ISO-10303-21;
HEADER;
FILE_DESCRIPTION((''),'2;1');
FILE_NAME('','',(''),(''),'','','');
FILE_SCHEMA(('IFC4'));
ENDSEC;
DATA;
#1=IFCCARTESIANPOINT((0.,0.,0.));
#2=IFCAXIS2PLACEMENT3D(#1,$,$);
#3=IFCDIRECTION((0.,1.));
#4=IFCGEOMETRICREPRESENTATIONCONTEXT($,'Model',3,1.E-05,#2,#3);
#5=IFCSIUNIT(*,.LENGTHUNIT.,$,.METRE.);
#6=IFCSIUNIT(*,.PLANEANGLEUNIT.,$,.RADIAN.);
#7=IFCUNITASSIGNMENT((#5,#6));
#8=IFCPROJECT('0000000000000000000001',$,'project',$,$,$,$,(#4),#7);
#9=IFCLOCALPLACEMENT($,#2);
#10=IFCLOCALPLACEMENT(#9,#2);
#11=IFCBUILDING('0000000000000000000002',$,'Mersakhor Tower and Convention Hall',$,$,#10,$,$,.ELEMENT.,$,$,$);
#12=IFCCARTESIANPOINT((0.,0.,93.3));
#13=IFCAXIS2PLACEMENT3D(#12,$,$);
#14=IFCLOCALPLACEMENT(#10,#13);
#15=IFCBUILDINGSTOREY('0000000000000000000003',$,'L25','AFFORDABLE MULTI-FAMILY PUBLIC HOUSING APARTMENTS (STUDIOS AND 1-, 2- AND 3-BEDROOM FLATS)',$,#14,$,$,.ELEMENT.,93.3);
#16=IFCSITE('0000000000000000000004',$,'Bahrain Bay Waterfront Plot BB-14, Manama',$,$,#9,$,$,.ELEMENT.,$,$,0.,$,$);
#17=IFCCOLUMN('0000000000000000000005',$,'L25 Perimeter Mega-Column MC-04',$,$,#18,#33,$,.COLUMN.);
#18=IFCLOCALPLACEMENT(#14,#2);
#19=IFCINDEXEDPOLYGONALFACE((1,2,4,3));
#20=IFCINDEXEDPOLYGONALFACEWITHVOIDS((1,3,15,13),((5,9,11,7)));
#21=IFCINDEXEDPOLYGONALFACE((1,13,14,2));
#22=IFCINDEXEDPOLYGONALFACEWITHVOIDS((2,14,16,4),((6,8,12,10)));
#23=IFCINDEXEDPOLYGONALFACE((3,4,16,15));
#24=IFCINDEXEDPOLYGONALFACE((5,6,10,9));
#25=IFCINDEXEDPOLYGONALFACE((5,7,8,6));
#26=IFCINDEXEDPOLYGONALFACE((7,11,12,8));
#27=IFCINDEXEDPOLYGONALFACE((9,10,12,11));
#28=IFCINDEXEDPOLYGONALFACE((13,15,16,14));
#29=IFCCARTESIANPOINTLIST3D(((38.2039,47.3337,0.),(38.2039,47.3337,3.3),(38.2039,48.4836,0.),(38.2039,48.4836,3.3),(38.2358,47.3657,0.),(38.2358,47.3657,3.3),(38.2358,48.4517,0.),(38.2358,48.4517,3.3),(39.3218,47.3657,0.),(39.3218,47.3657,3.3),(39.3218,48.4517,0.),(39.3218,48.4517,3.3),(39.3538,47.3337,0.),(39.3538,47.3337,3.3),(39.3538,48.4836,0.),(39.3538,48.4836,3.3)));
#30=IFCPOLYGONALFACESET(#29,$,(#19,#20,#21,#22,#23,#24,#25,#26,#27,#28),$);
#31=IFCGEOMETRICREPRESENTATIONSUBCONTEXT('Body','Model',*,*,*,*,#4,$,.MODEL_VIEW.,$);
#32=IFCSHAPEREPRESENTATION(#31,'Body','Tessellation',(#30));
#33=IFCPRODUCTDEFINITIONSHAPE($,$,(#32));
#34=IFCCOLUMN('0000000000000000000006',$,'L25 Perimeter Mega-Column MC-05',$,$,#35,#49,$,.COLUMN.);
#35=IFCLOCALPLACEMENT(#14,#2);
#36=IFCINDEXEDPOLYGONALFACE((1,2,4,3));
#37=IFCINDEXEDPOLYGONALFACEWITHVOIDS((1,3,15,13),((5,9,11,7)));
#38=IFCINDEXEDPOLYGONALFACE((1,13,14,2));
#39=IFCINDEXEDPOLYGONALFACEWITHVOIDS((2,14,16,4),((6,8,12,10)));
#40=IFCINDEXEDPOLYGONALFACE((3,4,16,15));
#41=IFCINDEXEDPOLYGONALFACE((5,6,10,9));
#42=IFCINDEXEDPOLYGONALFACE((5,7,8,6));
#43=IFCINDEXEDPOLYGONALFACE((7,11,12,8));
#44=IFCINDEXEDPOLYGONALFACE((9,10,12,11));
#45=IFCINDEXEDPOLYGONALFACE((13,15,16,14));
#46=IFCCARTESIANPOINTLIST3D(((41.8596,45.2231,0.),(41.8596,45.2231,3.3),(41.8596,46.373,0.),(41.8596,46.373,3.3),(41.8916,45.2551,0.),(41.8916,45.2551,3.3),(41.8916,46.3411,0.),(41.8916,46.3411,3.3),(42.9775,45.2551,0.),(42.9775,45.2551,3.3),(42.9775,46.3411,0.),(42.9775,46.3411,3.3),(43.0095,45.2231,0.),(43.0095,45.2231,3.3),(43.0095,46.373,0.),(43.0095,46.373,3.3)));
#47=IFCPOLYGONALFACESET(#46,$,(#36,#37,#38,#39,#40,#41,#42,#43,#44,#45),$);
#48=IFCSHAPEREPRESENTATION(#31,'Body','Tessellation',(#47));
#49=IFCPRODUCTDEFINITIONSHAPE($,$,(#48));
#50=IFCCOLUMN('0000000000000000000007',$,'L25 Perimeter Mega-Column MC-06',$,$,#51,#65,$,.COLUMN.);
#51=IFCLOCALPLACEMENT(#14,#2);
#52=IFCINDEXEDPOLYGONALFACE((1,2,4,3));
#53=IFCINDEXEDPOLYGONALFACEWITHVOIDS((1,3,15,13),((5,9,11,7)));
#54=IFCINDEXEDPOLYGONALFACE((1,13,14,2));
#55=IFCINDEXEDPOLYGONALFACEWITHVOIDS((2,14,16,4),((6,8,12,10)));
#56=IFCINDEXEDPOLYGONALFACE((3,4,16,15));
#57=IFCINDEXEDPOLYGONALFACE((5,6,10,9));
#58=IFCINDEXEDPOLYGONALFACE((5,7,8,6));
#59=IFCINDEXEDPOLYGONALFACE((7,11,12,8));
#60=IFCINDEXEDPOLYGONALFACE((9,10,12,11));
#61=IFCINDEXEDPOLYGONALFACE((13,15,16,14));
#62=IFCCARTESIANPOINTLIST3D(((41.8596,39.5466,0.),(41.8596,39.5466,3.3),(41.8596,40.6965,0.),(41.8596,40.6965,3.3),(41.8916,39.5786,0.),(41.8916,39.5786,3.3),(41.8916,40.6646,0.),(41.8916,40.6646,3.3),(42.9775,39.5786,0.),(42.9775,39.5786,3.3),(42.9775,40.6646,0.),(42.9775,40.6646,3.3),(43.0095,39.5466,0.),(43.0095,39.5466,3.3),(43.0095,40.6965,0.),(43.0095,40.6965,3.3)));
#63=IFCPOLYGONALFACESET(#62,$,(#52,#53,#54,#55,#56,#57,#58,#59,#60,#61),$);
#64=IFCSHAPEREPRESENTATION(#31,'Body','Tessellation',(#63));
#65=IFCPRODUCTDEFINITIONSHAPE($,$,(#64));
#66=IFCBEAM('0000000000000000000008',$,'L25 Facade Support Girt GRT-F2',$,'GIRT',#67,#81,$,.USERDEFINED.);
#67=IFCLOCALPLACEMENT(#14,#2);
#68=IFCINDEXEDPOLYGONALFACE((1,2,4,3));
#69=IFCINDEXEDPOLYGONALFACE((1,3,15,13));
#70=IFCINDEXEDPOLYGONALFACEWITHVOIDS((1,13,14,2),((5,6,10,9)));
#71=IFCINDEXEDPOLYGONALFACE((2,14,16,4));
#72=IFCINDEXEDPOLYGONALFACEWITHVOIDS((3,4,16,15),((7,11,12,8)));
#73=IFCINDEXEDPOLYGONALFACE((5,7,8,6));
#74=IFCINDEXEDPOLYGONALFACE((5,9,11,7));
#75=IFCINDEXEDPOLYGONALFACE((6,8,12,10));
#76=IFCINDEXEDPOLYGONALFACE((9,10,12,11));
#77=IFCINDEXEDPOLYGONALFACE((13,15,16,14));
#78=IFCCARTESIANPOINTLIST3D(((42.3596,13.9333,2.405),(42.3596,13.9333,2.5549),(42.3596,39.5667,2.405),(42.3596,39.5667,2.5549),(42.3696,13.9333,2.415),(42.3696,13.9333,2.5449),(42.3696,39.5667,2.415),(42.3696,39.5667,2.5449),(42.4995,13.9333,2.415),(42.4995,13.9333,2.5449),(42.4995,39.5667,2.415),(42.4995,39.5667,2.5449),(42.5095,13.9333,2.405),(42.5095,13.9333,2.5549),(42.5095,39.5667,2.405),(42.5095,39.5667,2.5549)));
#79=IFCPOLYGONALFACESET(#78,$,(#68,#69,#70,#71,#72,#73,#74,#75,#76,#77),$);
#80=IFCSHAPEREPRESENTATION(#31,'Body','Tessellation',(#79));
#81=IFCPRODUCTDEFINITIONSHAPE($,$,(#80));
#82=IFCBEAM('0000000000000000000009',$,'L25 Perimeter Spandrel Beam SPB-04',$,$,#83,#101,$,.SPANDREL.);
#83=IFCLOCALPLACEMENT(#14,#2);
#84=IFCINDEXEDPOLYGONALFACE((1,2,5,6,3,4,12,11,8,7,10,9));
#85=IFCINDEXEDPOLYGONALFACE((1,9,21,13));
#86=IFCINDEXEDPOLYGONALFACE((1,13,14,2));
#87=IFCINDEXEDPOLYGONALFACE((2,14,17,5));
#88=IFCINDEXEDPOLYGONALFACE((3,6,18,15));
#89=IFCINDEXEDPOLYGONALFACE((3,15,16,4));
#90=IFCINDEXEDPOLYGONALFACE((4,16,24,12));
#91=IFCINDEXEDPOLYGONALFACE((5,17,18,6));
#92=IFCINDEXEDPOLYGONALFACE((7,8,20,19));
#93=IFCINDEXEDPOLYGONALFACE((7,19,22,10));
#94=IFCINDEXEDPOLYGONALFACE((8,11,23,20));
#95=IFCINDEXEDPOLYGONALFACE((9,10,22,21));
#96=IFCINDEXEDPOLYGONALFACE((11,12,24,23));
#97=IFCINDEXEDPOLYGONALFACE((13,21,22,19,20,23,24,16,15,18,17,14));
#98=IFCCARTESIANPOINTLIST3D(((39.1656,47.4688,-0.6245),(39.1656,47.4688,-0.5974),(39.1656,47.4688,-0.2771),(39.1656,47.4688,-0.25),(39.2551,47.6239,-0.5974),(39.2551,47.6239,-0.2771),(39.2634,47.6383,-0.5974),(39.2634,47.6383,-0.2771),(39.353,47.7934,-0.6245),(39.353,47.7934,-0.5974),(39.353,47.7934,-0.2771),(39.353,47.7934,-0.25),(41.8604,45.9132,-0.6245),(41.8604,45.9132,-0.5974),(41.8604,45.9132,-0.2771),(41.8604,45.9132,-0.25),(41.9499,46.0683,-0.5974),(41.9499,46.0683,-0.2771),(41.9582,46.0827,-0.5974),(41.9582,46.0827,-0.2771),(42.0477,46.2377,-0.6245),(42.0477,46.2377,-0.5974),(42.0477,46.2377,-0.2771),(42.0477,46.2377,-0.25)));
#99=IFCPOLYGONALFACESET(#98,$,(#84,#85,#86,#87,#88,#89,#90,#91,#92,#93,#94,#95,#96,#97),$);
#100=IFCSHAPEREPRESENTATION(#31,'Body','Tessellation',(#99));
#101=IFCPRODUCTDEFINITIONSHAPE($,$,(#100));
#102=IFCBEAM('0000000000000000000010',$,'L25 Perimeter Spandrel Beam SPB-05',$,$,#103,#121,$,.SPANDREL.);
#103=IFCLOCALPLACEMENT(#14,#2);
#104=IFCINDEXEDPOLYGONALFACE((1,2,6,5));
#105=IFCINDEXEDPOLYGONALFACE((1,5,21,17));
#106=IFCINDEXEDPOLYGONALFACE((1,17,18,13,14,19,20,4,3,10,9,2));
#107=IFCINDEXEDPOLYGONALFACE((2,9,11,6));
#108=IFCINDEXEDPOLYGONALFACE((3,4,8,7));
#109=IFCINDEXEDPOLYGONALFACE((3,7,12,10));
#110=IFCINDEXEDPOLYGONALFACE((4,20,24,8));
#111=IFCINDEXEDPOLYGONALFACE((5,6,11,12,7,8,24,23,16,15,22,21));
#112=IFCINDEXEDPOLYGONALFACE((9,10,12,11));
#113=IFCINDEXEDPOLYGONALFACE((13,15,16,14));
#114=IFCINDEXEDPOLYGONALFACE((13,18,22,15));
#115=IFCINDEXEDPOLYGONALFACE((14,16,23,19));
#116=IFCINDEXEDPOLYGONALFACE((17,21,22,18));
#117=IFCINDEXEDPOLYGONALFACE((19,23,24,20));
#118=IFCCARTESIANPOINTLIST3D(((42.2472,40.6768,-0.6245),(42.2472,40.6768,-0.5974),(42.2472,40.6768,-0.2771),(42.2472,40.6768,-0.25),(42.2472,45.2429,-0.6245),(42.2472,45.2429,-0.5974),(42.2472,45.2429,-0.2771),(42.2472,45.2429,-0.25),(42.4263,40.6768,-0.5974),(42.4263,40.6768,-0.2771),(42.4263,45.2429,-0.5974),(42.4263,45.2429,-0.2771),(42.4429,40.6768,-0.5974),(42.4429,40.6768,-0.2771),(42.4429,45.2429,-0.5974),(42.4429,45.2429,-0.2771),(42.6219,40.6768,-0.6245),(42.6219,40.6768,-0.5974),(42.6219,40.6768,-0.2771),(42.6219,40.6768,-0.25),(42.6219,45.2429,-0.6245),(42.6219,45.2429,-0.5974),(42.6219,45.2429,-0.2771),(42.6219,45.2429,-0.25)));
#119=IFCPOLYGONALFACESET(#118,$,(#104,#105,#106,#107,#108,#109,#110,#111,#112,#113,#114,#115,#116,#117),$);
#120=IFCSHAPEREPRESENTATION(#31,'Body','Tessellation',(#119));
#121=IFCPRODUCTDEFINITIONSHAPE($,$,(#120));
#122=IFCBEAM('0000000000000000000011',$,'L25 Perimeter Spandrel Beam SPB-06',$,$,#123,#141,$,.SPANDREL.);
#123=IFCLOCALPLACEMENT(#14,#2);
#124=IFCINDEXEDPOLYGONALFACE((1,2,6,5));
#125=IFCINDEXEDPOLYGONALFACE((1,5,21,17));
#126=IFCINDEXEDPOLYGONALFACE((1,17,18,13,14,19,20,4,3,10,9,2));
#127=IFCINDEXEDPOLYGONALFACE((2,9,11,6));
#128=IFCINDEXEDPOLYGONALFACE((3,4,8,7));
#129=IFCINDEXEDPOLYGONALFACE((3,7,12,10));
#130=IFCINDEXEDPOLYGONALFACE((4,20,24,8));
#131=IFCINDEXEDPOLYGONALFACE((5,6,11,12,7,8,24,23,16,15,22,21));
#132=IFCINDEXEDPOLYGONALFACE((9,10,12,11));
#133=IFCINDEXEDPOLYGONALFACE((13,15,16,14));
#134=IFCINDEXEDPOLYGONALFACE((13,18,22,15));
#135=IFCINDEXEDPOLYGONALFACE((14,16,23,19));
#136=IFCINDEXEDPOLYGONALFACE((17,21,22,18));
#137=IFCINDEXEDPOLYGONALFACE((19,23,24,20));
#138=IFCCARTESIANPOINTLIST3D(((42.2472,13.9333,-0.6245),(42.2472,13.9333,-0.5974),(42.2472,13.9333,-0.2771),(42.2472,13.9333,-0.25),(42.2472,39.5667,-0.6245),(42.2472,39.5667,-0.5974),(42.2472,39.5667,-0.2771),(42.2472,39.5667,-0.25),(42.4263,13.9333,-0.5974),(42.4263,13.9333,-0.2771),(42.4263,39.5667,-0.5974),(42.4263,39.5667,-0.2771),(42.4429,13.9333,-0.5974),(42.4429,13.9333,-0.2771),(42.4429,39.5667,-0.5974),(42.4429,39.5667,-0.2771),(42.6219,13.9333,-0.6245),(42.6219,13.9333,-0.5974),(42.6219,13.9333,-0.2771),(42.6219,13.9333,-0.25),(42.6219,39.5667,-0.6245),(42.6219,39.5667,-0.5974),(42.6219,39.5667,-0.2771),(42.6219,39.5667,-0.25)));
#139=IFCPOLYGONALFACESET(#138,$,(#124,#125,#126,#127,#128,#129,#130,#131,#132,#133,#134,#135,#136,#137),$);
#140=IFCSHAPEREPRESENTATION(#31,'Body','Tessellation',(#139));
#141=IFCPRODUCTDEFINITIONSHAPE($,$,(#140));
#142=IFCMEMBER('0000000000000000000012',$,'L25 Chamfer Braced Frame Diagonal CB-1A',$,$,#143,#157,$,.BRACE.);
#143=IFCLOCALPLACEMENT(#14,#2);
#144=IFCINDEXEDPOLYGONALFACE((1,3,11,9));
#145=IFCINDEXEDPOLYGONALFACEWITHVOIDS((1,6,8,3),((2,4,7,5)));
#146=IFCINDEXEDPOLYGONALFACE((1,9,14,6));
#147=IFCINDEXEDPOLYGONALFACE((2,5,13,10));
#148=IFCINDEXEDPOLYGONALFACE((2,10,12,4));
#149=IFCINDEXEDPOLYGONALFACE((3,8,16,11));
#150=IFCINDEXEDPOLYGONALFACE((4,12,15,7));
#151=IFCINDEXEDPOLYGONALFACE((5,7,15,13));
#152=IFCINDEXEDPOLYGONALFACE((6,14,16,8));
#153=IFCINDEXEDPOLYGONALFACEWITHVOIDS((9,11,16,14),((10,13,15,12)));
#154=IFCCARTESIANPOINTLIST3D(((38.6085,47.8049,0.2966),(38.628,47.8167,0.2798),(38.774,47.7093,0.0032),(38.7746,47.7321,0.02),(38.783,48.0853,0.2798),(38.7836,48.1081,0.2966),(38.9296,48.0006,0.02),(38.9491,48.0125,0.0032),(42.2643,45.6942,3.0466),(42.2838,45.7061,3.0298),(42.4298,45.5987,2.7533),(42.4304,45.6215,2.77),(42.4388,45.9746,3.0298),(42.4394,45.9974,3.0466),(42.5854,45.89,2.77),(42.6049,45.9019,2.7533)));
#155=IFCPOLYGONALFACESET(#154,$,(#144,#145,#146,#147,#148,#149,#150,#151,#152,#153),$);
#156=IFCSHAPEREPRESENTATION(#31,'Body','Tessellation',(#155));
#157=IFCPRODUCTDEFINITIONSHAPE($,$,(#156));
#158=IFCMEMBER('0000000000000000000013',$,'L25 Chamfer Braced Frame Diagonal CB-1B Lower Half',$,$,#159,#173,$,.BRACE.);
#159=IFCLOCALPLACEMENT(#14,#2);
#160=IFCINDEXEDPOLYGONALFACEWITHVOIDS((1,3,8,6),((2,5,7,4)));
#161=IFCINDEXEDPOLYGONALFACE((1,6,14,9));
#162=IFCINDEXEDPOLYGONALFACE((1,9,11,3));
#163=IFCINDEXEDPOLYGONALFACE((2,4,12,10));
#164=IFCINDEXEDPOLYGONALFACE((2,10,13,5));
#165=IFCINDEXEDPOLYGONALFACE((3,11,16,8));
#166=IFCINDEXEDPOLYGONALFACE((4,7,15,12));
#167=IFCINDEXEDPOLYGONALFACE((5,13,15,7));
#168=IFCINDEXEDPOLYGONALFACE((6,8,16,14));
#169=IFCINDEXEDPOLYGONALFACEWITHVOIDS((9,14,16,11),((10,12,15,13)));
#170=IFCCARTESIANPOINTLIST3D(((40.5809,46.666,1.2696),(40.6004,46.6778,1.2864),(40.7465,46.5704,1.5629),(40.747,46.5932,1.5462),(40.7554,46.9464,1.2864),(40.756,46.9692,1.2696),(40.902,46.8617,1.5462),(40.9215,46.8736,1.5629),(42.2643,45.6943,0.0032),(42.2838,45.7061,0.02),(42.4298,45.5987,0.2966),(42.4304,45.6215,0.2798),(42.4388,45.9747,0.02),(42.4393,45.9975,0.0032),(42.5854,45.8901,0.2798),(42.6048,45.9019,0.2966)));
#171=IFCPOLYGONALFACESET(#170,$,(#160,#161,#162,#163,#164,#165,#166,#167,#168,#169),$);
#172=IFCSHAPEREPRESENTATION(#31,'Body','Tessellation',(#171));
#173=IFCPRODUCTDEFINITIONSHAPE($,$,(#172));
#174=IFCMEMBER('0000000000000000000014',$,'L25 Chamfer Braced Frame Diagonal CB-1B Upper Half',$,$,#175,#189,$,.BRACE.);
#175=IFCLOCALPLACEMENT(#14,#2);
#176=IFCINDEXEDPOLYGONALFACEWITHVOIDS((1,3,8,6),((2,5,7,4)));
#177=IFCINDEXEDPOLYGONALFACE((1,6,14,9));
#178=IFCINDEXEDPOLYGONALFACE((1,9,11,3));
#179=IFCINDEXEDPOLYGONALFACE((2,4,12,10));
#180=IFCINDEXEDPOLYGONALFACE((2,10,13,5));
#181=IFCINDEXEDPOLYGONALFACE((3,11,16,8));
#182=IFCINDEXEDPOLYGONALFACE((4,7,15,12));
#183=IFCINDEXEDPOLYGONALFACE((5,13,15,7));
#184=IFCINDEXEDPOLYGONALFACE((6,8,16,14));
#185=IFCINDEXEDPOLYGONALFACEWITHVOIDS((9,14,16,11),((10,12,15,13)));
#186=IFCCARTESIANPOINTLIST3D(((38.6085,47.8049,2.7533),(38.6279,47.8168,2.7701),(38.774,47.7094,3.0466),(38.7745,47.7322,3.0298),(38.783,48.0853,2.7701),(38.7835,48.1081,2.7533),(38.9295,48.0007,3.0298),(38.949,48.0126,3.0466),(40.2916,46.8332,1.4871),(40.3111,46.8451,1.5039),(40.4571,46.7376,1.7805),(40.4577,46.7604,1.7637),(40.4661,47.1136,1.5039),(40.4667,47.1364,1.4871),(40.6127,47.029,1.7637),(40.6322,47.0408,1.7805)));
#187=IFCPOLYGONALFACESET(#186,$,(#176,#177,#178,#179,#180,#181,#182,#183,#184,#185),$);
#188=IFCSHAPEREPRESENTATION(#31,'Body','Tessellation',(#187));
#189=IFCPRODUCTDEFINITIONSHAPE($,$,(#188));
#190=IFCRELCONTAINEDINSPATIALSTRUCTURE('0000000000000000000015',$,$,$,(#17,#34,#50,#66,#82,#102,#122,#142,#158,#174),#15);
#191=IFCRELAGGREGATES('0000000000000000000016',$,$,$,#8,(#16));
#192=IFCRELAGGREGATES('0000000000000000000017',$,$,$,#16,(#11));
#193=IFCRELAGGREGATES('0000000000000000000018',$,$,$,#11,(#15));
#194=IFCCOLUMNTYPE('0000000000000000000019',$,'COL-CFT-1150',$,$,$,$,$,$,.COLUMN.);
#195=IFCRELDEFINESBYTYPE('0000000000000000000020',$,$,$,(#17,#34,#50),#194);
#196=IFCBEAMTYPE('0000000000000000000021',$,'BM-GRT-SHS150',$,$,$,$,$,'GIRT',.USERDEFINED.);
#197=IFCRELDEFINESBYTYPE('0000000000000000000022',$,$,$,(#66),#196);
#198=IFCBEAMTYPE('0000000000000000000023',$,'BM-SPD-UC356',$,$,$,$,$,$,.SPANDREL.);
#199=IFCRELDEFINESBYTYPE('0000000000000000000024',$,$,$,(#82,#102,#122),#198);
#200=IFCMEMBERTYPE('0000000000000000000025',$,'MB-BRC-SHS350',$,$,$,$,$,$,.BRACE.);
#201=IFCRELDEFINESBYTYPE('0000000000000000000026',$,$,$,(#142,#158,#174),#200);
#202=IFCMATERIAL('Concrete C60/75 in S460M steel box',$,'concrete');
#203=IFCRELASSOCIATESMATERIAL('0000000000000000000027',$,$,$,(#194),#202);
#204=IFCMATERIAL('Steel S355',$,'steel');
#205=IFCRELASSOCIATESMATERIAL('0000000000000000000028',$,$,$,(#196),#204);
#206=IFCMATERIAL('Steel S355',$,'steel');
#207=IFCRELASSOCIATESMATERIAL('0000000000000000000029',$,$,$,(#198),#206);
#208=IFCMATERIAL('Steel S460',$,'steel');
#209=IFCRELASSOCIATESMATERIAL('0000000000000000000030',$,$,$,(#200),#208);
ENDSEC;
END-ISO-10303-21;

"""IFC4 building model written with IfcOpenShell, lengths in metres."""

from ifc_helpers import new_model, si_unit, direction, frame, origin, origin_2d, place, context, subcontext, project, spatial, hollow_rectangle, i_section, extrude, material, material_profile, profile_set, type_object, element, save


model = new_model("IFC4")

# Units and contexts
model_context = context("Model", 3, precision=1e-05, world=origin(), true_north=direction((0.0, 1.0)))
body_context = subcontext(model_context, "Body", "Model", "MODEL_VIEW")
ifc_project = project(units=[si_unit("LENGTHUNIT", "METRE"), si_unit("PLANEANGLEUNIT", "RADIAN")], contexts=[model_context])

# Site, building, storey
site_placement = place(None, origin())
site = spatial("IfcSite", under=ifc_project, at=site_placement, Name="Bahrain Bay Waterfront Plot BB-14, Manama", CompositionType="ELEMENT", RefElevation=0.0)
building_placement = place(site_placement, origin())
building = spatial("IfcBuilding", under=site, at=building_placement, Name="Mersakhor Tower and Convention Hall", CompositionType="ELEMENT")
storey_placement = place(building_placement, frame((0.0, 0.0, 93.3)))
storey = spatial("IfcBuildingStorey", under=building, at=storey_placement, Name="L25", Description="AFFORDABLE MULTI-FAMILY PUBLIC HOUSING APARTMENTS (STUDIOS AND 1-, 2- AND 3-BEDROOM FLATS)", CompositionType="ELEMENT", Elevation=93.3)

# Columns
ifc_material_1 = material(Name="Concrete C60/75 in S460M steel box", Category="concrete")
ifc_material_profile_1 = material_profile(ifc_material_1, hollow_rectangle(XDim=1.1499, YDim=1.1499, WallThickness=0.032, at=origin_2d()), Name="SHS 1150x1150x32")
ifc_profile_set_1 = profile_set([ifc_material_profile_1], Name="Concrete C60/75 in S460M steel box")
column_type = type_object("IfcColumnType", Name="COL-CFT-1150", PredefinedType="COLUMN", material=ifc_profile_set_1)
for number, where, z_axis, x_axis, name in (
    (1, (38.7788, 47.9087, 0.0), (0.0, 0.0, 1.0), (1.0, 0.0, 0.0), "L25 Perimeter Mega-Column MC-04"),
    (2, (42.4346, 45.7981, 0.0), (0.0, 0.0, 1.0), (1.0, 0.0, 0.0), "L25 Perimeter Mega-Column MC-05"),
    (3, (42.4346, 40.1216, 0.0), (0.0, 0.0, 1.0), (1.0, 0.0, 0.0), "L25 Perimeter Mega-Column MC-06"),
):
    element("IfcColumn", number, at=place(storey_placement, frame(where, z_axis=z_axis, x_axis=x_axis)), inside=storey, type_object=column_type, Name=name, PredefinedType="COLUMN", context=body_context, shape_type="SweptSolid", body=[
        extrude(hollow_rectangle(XDim=1.1499, YDim=1.1499, WallThickness=0.032, at=origin_2d()), origin(), (0.0, 0.0, 1.0), 3.3),
    ])

# Beams
ifc_material_2 = material(Name="Steel S355", Category="steel")
ifc_material_profile_2 = material_profile(ifc_material_2, hollow_rectangle(XDim=0.1499, YDim=0.1499, WallThickness=0.01, at=origin_2d()), Name="SHS 150x150x10")
ifc_profile_set_2 = profile_set([ifc_material_profile_2], Name="Steel S355")
beam_type_1 = type_object("IfcBeamType", Name="BM-GRT-SHS150", ElementType="GIRT", PredefinedType="USERDEFINED", material=ifc_profile_set_2)
beam_1_placement = place(storey_placement, frame((42.4346, 39.5667, 2.48), z_axis=(0.0, -1.0, 0.0), x_axis=(1.0, 0.0, 0.0)))
element("IfcBeam", 4, at=beam_1_placement, inside=storey, type_object=beam_type_1, Name="L25 Facade Support Girt GRT-F2", ObjectType="GIRT", PredefinedType="USERDEFINED", context=body_context, shape_type="SweptSolid", body=[
    extrude(hollow_rectangle(XDim=0.1499, YDim=0.1499, WallThickness=0.01, at=origin_2d()), origin(), (0.0, 0.0, 1.0), 25.6333),
])
ifc_material_3 = material(Name="Steel S355", Category="steel")
ifc_material_profile_3 = material_profile(ifc_material_3, i_section(OverallWidth=0.3748, OverallDepth=0.3745, WebThickness=0.0166, FlangeThickness=0.0271, at=origin_2d()), Name="UC 356x368x202")
ifc_profile_set_3 = profile_set([ifc_material_profile_3], Name="Steel S355")
beam_type_2 = type_object("IfcBeamType", Name="BM-SPD-UC356", PredefinedType="SPANDREL", material=ifc_profile_set_3)
beam_2_placement = place(storey_placement, frame((39.2593, 47.6311, -0.4373), z_axis=(0.866052, -0.499953, 0.0), x_axis=(0.499953, 0.866052, 0.0)))
element("IfcBeam", 5, at=beam_2_placement, inside=storey, type_object=beam_type_2, Name="L25 Perimeter Spandrel Beam SPB-04", PredefinedType="SPANDREL", context=body_context, shape_type="SweptSolid", body=[
    extrude(i_section(OverallWidth=0.3748, OverallDepth=0.3745, WebThickness=0.0166, FlangeThickness=0.0271, at=origin_2d()), origin(), (0.0, 0.0, 1.0), 3.1116),
])
beam_3_placement = place(storey_placement, frame((42.4346, 45.2429, -0.4373), z_axis=(0.0, -1.0, 0.0), x_axis=(1.0, 0.0, 0.0)))
element("IfcBeam", 6, at=beam_3_placement, inside=storey, type_object=beam_type_2, Name="L25 Perimeter Spandrel Beam SPB-05", PredefinedType="SPANDREL", context=body_context, shape_type="SweptSolid", body=[
    extrude(i_section(OverallWidth=0.3748, OverallDepth=0.3745, WebThickness=0.0166, FlangeThickness=0.0271, at=origin_2d()), origin(), (0.0, 0.0, 1.0), 4.5662),
])
beam_4_placement = place(storey_placement, frame((42.4346, 39.5667, -0.4373), z_axis=(0.0, -1.0, 0.0), x_axis=(1.0, 0.0, 0.0)))
element("IfcBeam", 7, at=beam_4_placement, inside=storey, type_object=beam_type_2, Name="L25 Perimeter Spandrel Beam SPB-06", PredefinedType="SPANDREL", context=body_context, shape_type="SweptSolid", body=[
    extrude(i_section(OverallWidth=0.3748, OverallDepth=0.3745, WebThickness=0.0166, FlangeThickness=0.0271, at=origin_2d()), origin(), (0.0, 0.0, 1.0), 25.6333),
])

# Members
ifc_material_4 = material(Name="Steel S460", Category="steel")
ifc_material_profile_4 = material_profile(ifc_material_4, hollow_rectangle(XDim=0.3501, YDim=0.3501, WallThickness=0.02, at=origin_2d()), Name="SHS 350x350x20")
ifc_profile_set_4 = profile_set([ifc_material_profile_4], Name="Steel S460")
member_type = type_object("IfcMemberType", Name="MB-BRC-SHS350", PredefinedType="BRACE", material=ifc_profile_set_4)
member_1_placement = place(storey_placement, frame((38.7788, 47.9087, 0.1499), z_axis=(0.725634, -0.418933, 0.545849), x_axis=(0.499989, 0.866031, 0.0)))
element("IfcMember", 8, at=member_1_placement, inside=storey, type_object=member_type, Name="L25 Chamfer Braced Frame Diagonal CB-1A", PredefinedType="BRACE", context=body_context, shape_type="SweptSolid", body=[
    extrude(hollow_rectangle(XDim=0.3501, YDim=0.3501, WallThickness=0.02, at=origin_2d()), origin(), (0.0, 0.0, 1.0), 5.0381),
])
member_2_placement = place(storey_placement, frame((42.4346, 45.7981, 0.1499), z_axis=(-0.725643, 0.418863, 0.54589), x_axis=(-0.499922, -0.866071, 0.0)))
element("IfcMember", 9, at=member_2_placement, inside=storey, type_object=member_type, Name="L25 Chamfer Braced Frame Diagonal CB-1B Lower Half", PredefinedType="BRACE", context=body_context, shape_type="SweptSolid", body=[
    extrude(hollow_rectangle(XDim=0.3501, YDim=0.3501, WallThickness=0.02, at=origin_2d()), origin(), (0.0, 0.0, 1.0), 2.3198),
])
member_3_placement = place(storey_placement, frame((40.4619, 46.937, 1.6338), z_axis=(-0.725635, 0.418919, 0.545858), x_axis=(-0.499976, -0.866039, 0.0)))
element("IfcMember", 10, at=member_3_placement, inside=storey, type_object=member_type, Name="L25 Chamfer Braced Frame Diagonal CB-1B Upper Half", PredefinedType="BRACE", context=body_context, shape_type="SweptSolid", body=[
    extrude(hollow_rectangle(XDim=0.3501, YDim=0.3501, WallThickness=0.02, at=origin_2d()), origin(), (0.0, 0.0, 1.0), 2.3196),
])

save(model, "model.ifc")
